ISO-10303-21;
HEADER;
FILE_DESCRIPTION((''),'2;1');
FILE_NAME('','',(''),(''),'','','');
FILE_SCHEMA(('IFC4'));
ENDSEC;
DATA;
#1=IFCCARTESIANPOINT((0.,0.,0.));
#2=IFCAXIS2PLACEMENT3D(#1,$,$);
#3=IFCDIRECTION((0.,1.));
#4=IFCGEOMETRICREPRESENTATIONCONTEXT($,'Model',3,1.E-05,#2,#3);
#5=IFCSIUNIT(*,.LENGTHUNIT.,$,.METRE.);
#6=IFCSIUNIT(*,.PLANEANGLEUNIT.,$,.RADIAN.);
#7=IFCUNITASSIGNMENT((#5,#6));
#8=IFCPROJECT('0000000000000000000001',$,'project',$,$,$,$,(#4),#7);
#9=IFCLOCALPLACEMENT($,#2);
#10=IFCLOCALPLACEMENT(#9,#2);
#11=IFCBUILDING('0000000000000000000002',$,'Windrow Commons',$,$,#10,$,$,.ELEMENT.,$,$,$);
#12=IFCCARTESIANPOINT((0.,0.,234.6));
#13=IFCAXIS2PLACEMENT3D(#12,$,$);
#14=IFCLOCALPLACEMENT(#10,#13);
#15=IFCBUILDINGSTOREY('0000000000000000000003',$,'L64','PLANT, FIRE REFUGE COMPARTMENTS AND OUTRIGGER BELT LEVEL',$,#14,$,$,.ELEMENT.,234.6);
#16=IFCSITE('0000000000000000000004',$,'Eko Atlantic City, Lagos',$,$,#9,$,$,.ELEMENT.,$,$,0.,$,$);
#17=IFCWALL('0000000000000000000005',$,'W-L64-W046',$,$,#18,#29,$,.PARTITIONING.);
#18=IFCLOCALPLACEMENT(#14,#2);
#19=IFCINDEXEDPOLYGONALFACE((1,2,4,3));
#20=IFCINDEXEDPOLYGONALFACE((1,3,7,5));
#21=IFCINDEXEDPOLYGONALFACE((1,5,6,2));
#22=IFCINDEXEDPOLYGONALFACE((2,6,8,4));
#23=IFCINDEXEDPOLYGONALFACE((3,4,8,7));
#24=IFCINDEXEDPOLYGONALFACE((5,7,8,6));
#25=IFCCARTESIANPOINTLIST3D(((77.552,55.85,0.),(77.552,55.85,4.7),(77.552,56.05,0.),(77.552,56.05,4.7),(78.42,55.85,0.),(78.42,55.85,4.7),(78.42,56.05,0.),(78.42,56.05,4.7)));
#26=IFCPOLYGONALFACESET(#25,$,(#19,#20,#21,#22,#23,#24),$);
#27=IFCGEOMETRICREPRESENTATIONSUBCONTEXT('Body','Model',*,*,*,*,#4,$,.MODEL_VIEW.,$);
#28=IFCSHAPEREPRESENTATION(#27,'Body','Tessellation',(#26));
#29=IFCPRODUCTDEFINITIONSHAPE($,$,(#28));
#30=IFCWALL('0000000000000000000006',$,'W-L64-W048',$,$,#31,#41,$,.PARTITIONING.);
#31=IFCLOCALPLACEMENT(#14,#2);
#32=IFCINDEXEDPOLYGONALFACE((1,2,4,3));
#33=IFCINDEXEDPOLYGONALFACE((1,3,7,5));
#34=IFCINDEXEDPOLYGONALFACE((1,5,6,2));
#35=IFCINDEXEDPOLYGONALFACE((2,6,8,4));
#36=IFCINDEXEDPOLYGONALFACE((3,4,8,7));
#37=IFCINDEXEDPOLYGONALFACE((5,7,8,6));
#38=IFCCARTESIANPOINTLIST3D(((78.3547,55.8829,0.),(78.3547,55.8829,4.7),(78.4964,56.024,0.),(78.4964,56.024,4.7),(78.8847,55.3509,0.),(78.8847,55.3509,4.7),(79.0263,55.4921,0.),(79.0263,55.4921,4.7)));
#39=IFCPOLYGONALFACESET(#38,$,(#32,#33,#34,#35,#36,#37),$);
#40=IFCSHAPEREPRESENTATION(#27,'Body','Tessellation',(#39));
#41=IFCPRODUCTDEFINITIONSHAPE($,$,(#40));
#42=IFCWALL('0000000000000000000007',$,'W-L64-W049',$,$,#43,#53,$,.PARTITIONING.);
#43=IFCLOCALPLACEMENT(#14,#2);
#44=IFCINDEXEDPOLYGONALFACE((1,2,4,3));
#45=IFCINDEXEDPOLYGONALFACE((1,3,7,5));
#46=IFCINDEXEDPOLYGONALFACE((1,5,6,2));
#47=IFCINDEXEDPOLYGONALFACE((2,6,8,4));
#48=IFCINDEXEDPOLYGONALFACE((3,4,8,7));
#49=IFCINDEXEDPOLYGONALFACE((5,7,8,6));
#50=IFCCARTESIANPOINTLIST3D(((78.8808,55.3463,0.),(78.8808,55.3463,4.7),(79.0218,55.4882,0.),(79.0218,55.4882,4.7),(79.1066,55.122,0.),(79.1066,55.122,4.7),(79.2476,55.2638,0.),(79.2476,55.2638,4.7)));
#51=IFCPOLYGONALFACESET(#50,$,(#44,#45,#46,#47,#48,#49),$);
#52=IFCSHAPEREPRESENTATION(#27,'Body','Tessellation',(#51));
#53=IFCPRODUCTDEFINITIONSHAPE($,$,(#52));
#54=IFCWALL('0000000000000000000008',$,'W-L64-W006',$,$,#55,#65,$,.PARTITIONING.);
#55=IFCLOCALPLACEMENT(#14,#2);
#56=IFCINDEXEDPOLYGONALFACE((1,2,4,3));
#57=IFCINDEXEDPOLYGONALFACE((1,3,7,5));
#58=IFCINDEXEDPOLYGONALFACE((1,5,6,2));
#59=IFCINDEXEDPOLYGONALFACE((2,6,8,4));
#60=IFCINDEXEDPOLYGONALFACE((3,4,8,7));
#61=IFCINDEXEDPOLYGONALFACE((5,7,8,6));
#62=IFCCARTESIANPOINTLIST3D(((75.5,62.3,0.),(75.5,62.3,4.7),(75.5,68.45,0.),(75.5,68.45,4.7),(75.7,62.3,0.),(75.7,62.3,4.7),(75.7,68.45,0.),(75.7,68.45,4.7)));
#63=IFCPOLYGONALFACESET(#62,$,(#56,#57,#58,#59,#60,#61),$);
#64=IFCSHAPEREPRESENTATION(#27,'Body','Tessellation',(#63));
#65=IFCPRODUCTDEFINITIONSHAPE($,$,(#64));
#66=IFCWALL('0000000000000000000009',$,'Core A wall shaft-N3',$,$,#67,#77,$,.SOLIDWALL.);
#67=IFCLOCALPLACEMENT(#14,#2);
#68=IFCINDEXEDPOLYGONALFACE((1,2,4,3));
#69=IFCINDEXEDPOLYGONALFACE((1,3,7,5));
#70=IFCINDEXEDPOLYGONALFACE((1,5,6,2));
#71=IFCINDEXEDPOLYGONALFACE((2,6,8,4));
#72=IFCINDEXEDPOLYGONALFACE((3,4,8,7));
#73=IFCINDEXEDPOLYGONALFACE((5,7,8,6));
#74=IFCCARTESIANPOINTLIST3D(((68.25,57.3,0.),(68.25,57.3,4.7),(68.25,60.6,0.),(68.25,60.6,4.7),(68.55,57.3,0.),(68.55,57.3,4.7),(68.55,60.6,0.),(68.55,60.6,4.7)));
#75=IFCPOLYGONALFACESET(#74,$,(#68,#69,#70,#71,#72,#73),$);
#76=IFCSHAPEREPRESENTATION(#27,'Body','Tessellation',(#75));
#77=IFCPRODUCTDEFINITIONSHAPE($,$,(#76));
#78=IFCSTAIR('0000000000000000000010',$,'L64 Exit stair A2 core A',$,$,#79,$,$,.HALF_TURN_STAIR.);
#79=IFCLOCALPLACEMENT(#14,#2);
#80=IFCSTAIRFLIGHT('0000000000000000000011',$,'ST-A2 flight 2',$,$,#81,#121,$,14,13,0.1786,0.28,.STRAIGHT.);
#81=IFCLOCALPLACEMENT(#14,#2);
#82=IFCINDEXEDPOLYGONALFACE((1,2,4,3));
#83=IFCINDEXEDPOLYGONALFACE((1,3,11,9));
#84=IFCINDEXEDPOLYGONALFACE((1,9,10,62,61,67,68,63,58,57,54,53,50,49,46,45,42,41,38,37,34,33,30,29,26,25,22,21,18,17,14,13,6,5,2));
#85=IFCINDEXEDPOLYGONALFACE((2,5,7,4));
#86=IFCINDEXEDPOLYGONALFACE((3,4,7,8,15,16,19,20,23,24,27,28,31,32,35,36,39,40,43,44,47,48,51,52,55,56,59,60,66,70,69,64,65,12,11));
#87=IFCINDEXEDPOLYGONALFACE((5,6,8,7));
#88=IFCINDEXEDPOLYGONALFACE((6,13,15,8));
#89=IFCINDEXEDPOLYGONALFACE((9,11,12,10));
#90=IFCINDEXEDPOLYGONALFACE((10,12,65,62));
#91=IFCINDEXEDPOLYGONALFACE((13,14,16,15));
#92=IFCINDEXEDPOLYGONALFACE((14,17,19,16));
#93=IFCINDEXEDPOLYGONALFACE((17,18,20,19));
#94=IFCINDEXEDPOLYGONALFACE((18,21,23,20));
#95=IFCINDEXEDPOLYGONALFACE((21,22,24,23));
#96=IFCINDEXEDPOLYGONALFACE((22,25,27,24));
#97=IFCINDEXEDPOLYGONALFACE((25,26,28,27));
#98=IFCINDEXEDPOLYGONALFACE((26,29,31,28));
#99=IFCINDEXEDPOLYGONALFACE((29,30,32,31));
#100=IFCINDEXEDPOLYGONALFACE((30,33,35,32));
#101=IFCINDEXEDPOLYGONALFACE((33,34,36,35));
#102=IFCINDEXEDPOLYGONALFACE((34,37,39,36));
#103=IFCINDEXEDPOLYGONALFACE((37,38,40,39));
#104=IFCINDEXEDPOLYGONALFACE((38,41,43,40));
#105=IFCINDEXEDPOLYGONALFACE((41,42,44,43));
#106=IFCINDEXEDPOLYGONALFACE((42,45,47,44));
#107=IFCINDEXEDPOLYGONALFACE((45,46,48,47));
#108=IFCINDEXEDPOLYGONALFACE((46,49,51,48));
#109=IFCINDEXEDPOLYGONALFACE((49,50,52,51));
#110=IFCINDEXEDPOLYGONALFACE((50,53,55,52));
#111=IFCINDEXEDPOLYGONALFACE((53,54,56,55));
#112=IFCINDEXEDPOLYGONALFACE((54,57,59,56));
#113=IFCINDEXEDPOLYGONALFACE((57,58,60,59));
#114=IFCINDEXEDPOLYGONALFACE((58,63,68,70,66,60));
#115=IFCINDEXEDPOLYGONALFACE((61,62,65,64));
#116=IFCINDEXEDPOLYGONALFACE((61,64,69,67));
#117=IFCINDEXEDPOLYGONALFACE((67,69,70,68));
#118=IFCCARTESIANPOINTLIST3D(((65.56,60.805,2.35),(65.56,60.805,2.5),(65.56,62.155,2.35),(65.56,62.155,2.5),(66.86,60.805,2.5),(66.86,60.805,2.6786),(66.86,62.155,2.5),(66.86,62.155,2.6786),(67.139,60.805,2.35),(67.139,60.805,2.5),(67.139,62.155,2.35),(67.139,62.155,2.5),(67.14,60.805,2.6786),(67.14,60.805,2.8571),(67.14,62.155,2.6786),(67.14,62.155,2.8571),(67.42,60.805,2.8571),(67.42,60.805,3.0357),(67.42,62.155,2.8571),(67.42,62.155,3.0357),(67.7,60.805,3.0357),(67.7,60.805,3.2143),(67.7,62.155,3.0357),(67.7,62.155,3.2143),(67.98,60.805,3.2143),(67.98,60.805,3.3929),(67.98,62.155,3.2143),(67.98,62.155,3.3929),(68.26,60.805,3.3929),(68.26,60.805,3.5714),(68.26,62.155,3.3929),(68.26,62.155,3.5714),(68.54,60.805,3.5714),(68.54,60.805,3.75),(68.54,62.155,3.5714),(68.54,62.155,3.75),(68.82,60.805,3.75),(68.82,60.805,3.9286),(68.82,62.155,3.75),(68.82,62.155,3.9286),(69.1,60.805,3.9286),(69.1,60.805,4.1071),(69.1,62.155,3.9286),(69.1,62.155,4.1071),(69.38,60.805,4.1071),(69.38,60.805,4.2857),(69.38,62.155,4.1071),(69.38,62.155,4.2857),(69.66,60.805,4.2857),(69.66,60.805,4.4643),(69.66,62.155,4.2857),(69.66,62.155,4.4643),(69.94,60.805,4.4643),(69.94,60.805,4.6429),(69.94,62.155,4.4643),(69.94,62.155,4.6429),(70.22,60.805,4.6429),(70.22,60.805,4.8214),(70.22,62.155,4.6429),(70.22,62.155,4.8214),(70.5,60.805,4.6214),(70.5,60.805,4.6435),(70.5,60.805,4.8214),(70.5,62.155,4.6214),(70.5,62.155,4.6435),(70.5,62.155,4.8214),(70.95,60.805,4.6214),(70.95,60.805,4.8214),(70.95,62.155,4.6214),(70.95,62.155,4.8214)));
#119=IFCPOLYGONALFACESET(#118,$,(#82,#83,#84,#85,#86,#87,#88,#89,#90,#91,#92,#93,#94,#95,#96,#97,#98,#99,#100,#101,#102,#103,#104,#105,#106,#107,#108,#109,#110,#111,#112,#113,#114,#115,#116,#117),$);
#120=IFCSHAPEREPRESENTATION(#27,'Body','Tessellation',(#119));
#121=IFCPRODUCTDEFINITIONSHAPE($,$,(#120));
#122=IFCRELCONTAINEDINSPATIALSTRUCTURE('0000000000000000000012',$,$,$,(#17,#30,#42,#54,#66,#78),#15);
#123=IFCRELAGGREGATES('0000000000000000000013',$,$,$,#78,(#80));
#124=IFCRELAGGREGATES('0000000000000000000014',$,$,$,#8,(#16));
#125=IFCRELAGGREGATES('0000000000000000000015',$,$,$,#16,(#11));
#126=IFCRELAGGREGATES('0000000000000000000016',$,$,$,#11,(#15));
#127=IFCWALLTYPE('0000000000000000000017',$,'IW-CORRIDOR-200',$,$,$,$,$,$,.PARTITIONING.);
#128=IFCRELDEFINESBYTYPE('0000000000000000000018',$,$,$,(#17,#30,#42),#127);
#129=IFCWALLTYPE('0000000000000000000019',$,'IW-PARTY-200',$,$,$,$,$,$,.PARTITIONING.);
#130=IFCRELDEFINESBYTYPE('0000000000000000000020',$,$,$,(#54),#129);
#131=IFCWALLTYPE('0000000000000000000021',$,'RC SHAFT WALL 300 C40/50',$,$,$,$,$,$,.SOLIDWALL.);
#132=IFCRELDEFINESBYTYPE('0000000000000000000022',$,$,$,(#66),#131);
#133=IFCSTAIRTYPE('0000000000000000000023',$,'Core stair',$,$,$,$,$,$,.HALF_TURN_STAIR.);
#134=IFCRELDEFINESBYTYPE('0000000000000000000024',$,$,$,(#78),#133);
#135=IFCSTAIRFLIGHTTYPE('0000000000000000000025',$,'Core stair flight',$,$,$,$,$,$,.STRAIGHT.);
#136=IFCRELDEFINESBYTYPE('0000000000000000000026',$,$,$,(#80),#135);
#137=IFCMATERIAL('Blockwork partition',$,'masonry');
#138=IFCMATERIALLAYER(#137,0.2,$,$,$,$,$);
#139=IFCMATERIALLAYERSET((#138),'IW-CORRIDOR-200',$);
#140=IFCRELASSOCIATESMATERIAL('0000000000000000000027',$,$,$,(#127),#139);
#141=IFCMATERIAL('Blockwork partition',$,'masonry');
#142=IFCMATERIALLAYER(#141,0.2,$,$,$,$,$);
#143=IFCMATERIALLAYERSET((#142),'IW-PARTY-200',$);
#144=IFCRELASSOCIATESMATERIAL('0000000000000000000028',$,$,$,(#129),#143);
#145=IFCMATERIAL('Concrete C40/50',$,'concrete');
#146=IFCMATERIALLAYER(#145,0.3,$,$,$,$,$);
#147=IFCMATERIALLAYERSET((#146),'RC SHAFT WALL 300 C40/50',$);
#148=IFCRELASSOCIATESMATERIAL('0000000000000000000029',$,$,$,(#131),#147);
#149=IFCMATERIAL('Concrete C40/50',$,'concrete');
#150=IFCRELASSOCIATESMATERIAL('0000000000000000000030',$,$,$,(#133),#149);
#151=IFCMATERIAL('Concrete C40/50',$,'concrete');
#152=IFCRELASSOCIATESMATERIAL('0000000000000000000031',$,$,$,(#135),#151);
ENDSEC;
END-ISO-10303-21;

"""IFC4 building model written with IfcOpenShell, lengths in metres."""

from ifc_helpers import new_model, si_unit, direction, frame, frame_2d, origin, place, context, subcontext, project, spatial, polyline, rectangle, outline, extrude, material, layer, layer_set, type_object, element, aggregate, save


model = new_model("IFC4")

# Units and contexts
model_context = context("Model", 3, precision=1e-05, world=origin(), true_north=direction((0.0, 1.0)))
body_context = subcontext(model_context, "Body", "Model", "MODEL_VIEW")
ifc_project = project(units=[si_unit("LENGTHUNIT", "METRE"), si_unit("PLANEANGLEUNIT", "RADIAN")], contexts=[model_context])

# Site, building, storey
site_placement = place(None, origin())
site = spatial("IfcSite", under=ifc_project, at=site_placement, Name="Eko Atlantic City, Lagos", CompositionType="ELEMENT", RefElevation=0.0)
building_placement = place(site_placement, origin())
building = spatial("IfcBuilding", under=site, at=building_placement, Name="Windrow Commons", CompositionType="ELEMENT")
storey_placement = place(building_placement, frame((0.0, 0.0, 234.6)))
storey = spatial("IfcBuildingStorey", under=building, at=storey_placement, Name="L64", Description="PLANT, FIRE REFUGE COMPARTMENTS AND OUTRIGGER BELT LEVEL", CompositionType="ELEMENT", Elevation=234.6)

# Shared definitions
ifc_material_1 = material(Name="Blockwork partition", Category="masonry")
ifc_layer_1 = layer(ifc_material_1, 0.2)
ifc_layer_set_1 = layer_set([ifc_layer_1], Name="IW-CORRIDOR-200")
wall_type_1 = type_object("IfcWallType", Name="IW-CORRIDOR-200", PredefinedType="PARTITIONING", material=ifc_layer_set_1)

# Walls
for number, where, z_axis, x_axis, name in (
    (1, (77.552, 55.95, 0.0), (0.0, 0.0, 1.0), (1.0, 0.0, 0.0), "W-L64-W046"),
):
    element("IfcWall", number, at=place(storey_placement, frame(where, z_axis=z_axis, x_axis=x_axis)), inside=storey, type_object=wall_type_1, Name=name, PredefinedType="PARTITIONING", context=body_context, shape_type="SweptSolid", body=[
        extrude(rectangle(XDim=0.868, YDim=0.2, at=frame_2d((0.434, 0.0))), origin(), (0.0, 0.0, 1.0), 4.7),
    ])
wall_1_placement = place(storey_placement, frame((78.4255, 55.9535, 0.0), z_axis=(0.0, 0.0, 1.0), x_axis=(0.705774, -0.708437, 0.0)))
element("IfcWall", 2, at=wall_1_placement, inside=storey, type_object=wall_type_1, Name="W-L64-W048", PredefinedType="PARTITIONING", context=body_context, shape_type="SweptSolid", body=[
    extrude(rectangle(XDim=0.7509, YDim=0.2, at=frame_2d((0.3755, 0.0))), origin(), (0.0, 0.0, 1.0), 4.7),
])
wall_2_placement = place(storey_placement, frame((78.9513, 55.4173, 0.0), z_axis=(0.0, 0.0, 1.0), x_axis=(0.709302, -0.704904, 0.0)))
element("IfcWall", 3, at=wall_2_placement, inside=storey, type_object=wall_type_1, Name="W-L64-W049", PredefinedType="PARTITIONING", context=body_context, shape_type="SweptSolid", body=[
    extrude(rectangle(XDim=0.3183, YDim=0.2, at=frame_2d((0.1592, 0.0))), origin(), (0.0, 0.0, 1.0), 4.7),
])
ifc_material_2 = material(Name="Blockwork partition", Category="masonry")
ifc_layer_2 = layer(ifc_material_2, 0.2)
ifc_layer_set_2 = layer_set([ifc_layer_2], Name="IW-PARTY-200")
wall_type_2 = type_object("IfcWallType", Name="IW-PARTY-200", PredefinedType="PARTITIONING", material=ifc_layer_set_2)
wall_3_placement = place(storey_placement, frame((75.6, 62.3, 0.0), z_axis=(0.0, 0.0, 1.0), x_axis=(0.0, 1.0, 0.0)))
element("IfcWall", 4, at=wall_3_placement, inside=storey, type_object=wall_type_2, Name="W-L64-W006", PredefinedType="PARTITIONING", context=body_context, shape_type="SweptSolid", body=[
    extrude(rectangle(XDim=6.15, YDim=0.2, at=frame_2d((3.075, 0.0))), origin(), (0.0, 0.0, 1.0), 4.7),
])
ifc_material_3 = material(Name="Concrete C40/50", Category="concrete")
ifc_layer_3 = layer(ifc_material_3, 0.3)
ifc_layer_set_3 = layer_set([ifc_layer_3], Name="RC SHAFT WALL 300 C40/50")
wall_type_3 = type_object("IfcWallType", Name="RC SHAFT WALL 300 C40/50", PredefinedType="SOLIDWALL", material=ifc_layer_set_3)
wall_4_placement = place(storey_placement, frame((68.4, 57.3, 0.0), z_axis=(0.0, 0.0, 1.0), x_axis=(0.0, 1.0, 0.0)))
element("IfcWall", 5, at=wall_4_placement, inside=storey, type_object=wall_type_3, Name="Core A wall shaft-N3", PredefinedType="SOLIDWALL", context=body_context, shape_type="SweptSolid", body=[
    extrude(rectangle(XDim=3.3, YDim=0.3, at=frame_2d((1.65, 0.0))), origin(), (0.0, 0.0, 1.0), 4.7),
])

# Stair, stair flight
ifc_material_4 = material(Name="Concrete C40/50", Category="concrete")
stair_type = type_object("IfcStairType", Name="Core stair", PredefinedType="HALF_TURN_STAIR", material=ifc_material_4)
stair_placement = place(storey_placement, origin())
stair = element("IfcStair", 6, at=stair_placement, inside=storey, type_object=stair_type, Name="L64 Exit stair A2 core A", PredefinedType="HALF_TURN_STAIR")
ifc_material_5 = material(Name="Concrete C40/50", Category="concrete")
stair_flight_type = type_object("IfcStairFlightType", Name="Core stair flight", PredefinedType="STRAIGHT", material=ifc_material_5)
stair_flight_placement = place(storey_placement, frame((66.86, 61.48, 2.5), z_axis=(0.0, 0.0, 1.0), x_axis=(1.0, 0.0, 0.0)))
stair_flight = element("IfcStairFlight", 7, at=stair_flight_placement, type_object=stair_flight_type, Name="ST-A2 flight 2", NumberOfRisers=14, NumberOfTreads=13, PredefinedType="STRAIGHT", RiserHeight=0.1786, TreadLength=0.28, context=body_context, shape_type="SweptSolid", body=[
    extrude(outline(polyline([(-1.3, -0.15), (-1.3, 0.0), (0.0, 0.0), (0.0, 0.1786), (0.28, 0.1786), (0.28, 0.3571), (0.56, 0.3571), (0.56, 0.5357), (0.84, 0.5357), (0.84, 0.7143), (1.12, 0.7143), (1.12, 0.8929), (1.4, 0.8929), (1.4, 1.0714), (1.68, 1.0714), (1.68, 1.25), (1.96, 1.25), (1.96, 1.4286), (2.24, 1.4286), (2.24, 1.6071), (2.52, 1.6071), (2.52, 1.7857), (2.8, 1.7857), (2.8, 1.9643), (3.08, 1.9643), (3.08, 2.1429), (3.36, 2.1429), (3.36, 2.3214), (3.64, 2.3214), (4.09, 2.3214), (4.09, 2.1214), (3.64, 2.1214), (3.64, 2.1435), (0.279, 0.0), (0.279, -0.15), (-1.3, -0.15)])), frame((0.0, 0.675, 0.0), z_axis=(0.0, -1.0, 0.0), x_axis=(1.0, 0.0, 0.0)), (0.0, 0.0, 1.0), 1.35),
])
aggregate(stair, [stair_flight])

save(model, "model.ifc")
